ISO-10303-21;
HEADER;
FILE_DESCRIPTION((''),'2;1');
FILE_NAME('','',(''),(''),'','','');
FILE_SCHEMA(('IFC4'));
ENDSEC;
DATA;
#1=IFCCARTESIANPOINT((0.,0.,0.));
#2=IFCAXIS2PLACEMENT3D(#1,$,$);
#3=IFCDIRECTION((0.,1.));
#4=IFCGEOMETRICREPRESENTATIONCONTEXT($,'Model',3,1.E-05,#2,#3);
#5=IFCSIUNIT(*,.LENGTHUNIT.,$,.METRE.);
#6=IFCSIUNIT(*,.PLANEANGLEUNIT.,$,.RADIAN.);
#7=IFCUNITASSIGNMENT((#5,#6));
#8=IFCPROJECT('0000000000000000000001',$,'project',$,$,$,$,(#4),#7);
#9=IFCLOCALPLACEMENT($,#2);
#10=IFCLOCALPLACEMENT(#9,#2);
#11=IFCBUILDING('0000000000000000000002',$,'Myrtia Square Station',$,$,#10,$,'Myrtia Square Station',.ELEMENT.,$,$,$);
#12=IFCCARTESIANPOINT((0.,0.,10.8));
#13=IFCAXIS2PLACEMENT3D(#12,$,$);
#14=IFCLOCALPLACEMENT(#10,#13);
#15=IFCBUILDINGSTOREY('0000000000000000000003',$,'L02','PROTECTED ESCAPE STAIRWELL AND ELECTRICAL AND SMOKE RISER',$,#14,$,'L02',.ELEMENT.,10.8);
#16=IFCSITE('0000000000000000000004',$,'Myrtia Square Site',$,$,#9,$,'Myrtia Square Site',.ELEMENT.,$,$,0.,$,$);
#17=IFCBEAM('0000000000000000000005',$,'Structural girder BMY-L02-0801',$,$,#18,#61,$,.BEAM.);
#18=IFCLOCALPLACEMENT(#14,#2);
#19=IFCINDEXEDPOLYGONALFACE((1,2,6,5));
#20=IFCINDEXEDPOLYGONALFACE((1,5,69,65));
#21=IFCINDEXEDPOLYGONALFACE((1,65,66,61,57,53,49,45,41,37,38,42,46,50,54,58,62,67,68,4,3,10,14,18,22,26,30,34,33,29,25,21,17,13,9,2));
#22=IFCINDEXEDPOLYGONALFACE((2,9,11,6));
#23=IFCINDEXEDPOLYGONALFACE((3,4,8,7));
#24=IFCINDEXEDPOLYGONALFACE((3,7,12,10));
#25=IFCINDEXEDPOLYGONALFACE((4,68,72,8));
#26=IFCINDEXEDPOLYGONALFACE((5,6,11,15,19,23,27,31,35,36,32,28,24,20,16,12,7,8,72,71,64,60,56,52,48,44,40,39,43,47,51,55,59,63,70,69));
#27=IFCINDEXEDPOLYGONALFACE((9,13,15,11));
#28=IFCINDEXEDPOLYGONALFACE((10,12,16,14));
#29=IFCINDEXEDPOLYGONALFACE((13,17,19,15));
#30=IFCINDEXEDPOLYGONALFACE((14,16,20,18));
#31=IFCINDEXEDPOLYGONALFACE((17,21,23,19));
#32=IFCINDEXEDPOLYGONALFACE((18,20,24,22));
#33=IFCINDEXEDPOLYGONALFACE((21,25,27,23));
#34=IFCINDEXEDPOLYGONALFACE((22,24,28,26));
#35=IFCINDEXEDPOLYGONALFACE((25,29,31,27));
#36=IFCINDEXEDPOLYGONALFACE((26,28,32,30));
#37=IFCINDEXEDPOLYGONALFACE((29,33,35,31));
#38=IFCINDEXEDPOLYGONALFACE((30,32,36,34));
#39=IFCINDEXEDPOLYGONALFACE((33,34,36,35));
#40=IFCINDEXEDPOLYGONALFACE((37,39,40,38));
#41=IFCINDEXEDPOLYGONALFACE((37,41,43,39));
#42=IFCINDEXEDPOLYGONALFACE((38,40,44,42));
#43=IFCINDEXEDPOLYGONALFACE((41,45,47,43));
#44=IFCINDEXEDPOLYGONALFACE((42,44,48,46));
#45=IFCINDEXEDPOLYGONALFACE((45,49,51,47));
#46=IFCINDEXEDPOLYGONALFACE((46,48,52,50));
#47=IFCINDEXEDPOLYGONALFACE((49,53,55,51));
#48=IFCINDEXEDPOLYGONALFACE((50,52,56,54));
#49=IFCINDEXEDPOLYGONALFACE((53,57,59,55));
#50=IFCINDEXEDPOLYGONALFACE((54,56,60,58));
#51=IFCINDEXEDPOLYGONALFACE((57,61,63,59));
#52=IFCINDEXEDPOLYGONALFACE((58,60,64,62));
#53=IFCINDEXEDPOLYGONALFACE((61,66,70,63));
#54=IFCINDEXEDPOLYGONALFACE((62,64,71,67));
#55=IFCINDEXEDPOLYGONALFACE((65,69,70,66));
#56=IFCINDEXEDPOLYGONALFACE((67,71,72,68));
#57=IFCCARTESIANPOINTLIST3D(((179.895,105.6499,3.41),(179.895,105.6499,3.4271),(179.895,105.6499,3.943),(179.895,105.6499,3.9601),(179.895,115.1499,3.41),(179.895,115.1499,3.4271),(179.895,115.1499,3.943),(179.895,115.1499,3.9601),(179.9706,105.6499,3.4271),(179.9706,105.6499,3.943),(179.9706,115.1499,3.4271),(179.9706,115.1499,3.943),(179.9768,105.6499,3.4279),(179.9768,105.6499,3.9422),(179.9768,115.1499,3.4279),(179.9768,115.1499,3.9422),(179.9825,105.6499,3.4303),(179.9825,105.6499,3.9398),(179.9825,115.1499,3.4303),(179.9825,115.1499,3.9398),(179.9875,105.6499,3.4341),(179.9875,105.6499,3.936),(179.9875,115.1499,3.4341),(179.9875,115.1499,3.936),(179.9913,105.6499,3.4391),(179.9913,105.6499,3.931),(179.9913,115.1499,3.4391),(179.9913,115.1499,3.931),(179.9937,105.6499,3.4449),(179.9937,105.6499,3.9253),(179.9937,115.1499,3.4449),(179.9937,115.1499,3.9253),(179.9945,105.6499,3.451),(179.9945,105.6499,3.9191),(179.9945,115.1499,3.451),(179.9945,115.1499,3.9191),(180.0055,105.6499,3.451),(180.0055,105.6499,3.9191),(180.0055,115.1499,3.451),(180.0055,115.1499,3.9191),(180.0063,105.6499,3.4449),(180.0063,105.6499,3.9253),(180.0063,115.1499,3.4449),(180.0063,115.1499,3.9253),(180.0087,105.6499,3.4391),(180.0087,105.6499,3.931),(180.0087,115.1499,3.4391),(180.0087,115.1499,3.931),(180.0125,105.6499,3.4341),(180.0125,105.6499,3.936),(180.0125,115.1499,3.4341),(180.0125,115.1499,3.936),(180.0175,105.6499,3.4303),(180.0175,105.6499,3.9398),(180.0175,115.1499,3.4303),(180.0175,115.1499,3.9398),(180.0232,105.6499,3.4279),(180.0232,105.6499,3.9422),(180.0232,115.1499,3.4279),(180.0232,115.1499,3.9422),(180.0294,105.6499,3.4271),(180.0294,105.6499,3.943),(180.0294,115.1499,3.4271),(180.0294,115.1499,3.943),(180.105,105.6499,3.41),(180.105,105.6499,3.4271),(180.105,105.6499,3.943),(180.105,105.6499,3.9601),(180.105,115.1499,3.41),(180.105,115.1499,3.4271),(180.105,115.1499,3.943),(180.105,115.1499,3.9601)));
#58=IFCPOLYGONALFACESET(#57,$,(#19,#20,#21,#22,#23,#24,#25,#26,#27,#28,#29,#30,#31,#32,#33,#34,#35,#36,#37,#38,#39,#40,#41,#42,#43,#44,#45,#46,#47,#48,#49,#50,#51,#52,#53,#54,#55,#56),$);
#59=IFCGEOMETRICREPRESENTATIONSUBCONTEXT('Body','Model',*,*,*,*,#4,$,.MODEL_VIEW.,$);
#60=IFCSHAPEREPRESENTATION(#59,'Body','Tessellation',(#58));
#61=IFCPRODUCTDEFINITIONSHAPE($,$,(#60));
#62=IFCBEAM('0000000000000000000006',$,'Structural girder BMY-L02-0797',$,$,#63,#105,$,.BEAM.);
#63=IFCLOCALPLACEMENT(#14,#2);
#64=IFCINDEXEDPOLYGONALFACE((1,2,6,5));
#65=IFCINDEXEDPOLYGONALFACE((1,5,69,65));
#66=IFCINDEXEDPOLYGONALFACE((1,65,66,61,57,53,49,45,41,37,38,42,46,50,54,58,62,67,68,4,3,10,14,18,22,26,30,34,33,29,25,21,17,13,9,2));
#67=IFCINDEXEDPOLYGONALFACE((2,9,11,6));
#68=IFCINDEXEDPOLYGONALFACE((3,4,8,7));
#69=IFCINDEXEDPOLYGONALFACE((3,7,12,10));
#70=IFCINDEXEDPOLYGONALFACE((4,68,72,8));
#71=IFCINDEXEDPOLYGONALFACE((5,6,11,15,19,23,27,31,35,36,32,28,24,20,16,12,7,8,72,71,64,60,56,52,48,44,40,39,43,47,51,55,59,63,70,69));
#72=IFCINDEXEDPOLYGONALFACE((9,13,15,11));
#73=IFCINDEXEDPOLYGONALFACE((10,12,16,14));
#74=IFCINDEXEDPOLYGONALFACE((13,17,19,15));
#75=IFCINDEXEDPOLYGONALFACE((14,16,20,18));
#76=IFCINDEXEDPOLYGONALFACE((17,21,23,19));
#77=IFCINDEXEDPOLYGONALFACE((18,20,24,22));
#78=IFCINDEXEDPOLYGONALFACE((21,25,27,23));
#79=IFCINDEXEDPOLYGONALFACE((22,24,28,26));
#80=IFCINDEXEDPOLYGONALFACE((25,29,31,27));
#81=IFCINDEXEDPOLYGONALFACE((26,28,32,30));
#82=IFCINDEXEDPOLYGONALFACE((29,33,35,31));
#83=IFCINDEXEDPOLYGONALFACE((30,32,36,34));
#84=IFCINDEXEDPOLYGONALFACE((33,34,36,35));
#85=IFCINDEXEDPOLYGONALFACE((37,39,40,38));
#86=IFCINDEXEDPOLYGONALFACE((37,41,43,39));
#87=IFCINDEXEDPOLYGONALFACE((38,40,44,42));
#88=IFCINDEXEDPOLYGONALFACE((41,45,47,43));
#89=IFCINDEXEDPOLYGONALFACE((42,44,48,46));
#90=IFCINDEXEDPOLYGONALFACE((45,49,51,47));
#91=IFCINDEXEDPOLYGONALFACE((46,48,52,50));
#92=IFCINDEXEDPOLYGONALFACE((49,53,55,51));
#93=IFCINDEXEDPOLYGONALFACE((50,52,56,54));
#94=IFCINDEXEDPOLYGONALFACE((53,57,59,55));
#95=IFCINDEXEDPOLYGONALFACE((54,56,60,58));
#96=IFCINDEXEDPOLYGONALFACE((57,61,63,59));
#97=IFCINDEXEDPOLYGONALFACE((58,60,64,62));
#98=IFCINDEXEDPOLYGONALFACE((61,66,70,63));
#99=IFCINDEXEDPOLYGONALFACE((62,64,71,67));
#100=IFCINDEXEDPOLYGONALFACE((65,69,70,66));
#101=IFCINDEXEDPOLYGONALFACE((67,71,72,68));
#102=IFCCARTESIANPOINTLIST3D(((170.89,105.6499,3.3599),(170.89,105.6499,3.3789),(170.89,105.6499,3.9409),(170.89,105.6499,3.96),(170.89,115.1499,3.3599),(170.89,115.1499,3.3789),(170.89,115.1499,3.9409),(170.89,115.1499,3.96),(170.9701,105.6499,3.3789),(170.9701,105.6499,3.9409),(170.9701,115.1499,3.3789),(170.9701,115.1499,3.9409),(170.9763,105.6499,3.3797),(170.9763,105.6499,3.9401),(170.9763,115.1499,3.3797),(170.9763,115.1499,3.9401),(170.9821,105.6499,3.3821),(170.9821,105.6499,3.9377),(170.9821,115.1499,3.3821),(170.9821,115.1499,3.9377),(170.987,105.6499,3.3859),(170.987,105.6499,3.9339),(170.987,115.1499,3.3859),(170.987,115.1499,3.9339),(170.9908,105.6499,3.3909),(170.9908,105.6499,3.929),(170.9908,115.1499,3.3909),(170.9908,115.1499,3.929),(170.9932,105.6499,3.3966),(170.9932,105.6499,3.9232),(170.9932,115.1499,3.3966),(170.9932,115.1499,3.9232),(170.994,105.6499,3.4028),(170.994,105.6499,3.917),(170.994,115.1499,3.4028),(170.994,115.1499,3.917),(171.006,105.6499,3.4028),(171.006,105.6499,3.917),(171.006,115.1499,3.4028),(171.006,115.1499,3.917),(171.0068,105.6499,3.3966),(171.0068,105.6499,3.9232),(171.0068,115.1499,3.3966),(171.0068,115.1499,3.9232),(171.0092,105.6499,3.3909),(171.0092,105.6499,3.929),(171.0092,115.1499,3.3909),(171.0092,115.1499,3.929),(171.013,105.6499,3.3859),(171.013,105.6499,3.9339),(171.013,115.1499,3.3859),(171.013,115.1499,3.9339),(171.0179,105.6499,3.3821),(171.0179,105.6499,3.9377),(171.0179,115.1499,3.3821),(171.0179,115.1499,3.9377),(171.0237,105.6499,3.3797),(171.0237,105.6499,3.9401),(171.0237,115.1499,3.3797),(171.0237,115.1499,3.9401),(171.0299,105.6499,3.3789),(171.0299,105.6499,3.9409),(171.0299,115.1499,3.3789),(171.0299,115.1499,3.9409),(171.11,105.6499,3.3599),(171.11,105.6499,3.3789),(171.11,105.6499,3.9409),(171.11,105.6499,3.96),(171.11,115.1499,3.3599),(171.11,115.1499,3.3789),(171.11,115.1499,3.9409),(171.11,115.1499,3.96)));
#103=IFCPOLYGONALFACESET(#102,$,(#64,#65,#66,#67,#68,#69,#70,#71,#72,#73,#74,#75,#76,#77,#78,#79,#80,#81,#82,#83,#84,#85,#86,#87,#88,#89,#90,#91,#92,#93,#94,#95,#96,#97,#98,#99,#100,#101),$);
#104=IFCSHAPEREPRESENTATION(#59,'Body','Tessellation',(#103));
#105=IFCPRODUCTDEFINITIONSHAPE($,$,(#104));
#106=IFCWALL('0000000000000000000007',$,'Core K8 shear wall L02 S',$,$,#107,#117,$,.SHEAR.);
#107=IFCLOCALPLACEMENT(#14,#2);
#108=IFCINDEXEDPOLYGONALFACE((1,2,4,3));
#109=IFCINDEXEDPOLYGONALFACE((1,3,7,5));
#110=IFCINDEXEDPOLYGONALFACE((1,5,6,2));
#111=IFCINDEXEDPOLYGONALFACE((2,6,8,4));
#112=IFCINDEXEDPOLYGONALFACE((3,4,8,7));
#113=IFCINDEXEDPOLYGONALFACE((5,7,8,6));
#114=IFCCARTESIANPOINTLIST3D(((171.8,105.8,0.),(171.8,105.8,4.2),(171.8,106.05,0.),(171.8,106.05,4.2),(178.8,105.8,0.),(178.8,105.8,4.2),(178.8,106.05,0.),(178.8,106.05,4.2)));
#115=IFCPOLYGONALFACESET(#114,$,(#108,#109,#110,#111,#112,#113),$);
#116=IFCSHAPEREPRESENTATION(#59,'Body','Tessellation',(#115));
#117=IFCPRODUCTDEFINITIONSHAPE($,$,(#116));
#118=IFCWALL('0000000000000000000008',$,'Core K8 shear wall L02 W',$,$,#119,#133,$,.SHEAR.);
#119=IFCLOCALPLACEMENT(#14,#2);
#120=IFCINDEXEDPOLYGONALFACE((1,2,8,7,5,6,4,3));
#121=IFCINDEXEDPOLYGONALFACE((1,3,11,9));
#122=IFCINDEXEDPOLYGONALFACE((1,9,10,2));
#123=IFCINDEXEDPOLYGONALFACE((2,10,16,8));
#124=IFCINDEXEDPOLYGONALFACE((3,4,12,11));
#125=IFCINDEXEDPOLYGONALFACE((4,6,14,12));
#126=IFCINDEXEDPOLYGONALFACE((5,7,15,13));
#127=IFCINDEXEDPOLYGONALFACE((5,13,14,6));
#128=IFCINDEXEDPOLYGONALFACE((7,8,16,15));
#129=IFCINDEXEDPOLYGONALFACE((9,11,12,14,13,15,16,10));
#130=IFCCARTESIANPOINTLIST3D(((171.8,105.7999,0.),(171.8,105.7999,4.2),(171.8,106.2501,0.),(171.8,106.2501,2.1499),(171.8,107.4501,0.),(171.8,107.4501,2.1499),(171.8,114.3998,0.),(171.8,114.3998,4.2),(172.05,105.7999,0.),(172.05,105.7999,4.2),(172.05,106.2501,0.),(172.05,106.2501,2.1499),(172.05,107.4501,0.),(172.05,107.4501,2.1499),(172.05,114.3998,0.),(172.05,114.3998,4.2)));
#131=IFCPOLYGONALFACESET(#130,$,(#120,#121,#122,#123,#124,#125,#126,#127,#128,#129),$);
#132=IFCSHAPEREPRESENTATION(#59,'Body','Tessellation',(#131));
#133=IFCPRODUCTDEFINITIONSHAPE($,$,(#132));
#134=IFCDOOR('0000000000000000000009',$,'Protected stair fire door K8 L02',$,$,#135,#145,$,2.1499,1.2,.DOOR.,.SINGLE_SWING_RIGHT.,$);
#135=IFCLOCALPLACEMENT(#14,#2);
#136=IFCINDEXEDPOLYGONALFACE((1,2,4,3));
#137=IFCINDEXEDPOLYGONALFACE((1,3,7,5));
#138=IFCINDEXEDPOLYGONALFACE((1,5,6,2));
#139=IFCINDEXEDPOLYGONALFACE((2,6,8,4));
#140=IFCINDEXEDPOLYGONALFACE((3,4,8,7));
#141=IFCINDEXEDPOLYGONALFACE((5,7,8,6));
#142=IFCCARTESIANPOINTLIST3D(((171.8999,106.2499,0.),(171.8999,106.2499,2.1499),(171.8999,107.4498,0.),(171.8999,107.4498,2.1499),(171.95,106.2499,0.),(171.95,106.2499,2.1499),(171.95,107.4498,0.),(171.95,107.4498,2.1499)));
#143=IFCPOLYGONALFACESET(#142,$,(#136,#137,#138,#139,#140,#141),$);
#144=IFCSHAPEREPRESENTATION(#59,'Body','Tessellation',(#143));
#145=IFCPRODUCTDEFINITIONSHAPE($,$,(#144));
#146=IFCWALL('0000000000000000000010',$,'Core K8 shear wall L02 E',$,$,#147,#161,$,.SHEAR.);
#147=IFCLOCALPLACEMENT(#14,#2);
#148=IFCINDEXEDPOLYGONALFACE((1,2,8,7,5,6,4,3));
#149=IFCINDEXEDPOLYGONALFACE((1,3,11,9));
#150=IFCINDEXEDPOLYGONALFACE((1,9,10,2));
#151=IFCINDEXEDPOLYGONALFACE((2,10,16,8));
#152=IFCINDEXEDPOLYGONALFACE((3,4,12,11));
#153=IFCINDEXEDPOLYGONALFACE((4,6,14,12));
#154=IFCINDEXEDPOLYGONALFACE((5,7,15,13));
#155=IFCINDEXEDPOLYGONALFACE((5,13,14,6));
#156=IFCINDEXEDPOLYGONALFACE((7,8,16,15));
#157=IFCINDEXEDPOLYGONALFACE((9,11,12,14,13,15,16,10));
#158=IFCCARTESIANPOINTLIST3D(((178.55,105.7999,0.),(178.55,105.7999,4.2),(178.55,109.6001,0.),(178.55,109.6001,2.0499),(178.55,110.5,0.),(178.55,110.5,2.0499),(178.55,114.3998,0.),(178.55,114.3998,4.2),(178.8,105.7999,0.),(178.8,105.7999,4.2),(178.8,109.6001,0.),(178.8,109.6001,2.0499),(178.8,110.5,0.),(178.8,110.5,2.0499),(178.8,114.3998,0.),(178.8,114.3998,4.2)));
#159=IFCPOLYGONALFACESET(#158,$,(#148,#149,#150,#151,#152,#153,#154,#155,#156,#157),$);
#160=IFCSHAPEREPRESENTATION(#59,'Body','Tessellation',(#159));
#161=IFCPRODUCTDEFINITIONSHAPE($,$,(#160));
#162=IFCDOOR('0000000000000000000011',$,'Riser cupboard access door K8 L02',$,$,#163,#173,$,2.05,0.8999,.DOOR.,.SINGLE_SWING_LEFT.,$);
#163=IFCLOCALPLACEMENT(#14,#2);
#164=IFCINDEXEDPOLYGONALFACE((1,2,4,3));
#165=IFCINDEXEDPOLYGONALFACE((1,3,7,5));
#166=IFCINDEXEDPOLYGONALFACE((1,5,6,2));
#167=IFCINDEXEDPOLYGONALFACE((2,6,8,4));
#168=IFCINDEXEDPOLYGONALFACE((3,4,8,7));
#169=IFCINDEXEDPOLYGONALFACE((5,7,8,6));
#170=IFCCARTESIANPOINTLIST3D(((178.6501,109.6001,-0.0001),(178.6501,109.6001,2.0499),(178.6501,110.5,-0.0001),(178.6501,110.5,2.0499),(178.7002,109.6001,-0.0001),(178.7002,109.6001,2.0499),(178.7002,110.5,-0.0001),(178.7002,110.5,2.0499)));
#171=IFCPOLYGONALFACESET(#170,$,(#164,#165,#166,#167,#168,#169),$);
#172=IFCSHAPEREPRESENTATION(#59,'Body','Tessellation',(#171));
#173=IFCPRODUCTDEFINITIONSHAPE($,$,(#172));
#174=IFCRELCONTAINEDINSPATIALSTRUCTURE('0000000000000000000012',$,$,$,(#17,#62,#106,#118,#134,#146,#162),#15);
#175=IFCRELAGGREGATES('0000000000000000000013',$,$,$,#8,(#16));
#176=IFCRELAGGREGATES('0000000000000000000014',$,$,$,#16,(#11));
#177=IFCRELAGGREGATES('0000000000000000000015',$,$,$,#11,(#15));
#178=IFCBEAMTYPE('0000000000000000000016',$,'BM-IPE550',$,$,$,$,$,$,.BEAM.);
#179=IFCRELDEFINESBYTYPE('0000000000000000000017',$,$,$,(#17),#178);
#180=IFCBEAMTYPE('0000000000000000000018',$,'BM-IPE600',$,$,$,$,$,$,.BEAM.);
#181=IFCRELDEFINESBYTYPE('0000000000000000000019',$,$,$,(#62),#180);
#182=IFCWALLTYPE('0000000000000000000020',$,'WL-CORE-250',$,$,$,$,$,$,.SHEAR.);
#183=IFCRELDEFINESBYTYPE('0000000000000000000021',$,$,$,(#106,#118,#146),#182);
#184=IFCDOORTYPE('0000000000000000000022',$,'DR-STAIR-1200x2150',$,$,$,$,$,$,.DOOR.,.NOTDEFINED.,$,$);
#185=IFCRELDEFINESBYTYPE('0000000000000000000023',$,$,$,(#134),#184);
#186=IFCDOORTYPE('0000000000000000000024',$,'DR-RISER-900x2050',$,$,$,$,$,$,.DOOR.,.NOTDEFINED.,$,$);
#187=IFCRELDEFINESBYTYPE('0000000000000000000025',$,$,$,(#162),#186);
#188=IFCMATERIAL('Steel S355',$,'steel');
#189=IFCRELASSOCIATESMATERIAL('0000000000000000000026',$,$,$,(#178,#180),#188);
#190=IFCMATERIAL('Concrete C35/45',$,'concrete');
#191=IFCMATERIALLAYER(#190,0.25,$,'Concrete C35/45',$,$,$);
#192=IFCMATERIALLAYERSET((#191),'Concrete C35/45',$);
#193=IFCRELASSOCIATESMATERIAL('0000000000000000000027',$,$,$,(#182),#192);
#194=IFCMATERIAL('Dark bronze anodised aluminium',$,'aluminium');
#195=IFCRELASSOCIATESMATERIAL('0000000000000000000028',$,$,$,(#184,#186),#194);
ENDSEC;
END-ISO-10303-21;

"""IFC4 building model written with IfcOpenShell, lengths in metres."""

from ifc_helpers import new_model, si_unit, direction, frame, frame_2d, origin, origin_2d, place, context, subcontext, project, spatial, rectangle, i_section, extrude, material, layer, layer_set, material_profile, profile_set, type_object, element, fill, save


model = new_model("IFC4")

# Units and contexts
model_context = context("Model", 3, precision=1e-05, world=origin(), true_north=direction((0.0, 1.0)))
body_context = subcontext(model_context, "Body", "Model", "MODEL_VIEW")
ifc_project = project(units=[si_unit("LENGTHUNIT", "METRE"), si_unit("PLANEANGLEUNIT", "RADIAN")], contexts=[model_context])

# Site, building, storey
site_placement = place(None, origin())
site = spatial("IfcSite", under=ifc_project, at=site_placement, Name="Myrtia Square Site", LongName="Myrtia Square Site", CompositionType="ELEMENT", RefElevation=0.0)
building_placement = place(site_placement, origin())
building = spatial("IfcBuilding", under=site, at=building_placement, Name="Myrtia Square Station", LongName="Myrtia Square Station", CompositionType="ELEMENT")
storey_placement = place(building_placement, frame((0.0, 0.0, 10.8)))
storey = spatial("IfcBuildingStorey", under=building, at=storey_placement, Name="L02", Description="PROTECTED ESCAPE STAIRWELL AND ELECTRICAL AND SMOKE RISER", LongName="L02", CompositionType="ELEMENT", Elevation=10.8)

# Shared definitions
ifc_material_1 = material(Name="Steel S355", Category="steel")

# Beams
ifc_material_profile_1 = material_profile(ifc_material_1, i_section(OverallWidth=0.21, OverallDepth=0.55, WebThickness=0.011, FlangeThickness=0.0171, FilletRadius=0.0239, at=origin_2d()), Name="IPE 550")
ifc_profile_set_1 = profile_set([ifc_material_profile_1], Name="Steel S355")
beam_type_1 = type_object("IfcBeamType", Name="BM-IPE550", PredefinedType="BEAM", material=ifc_profile_set_1)
beam_1_placement = place(storey_placement, frame((180.0, 105.6499, 3.6851), z_axis=(0.0, 1.0, 0.0), x_axis=(-1.0, 0.0, 0.0)))
element("IfcBeam", 1, at=beam_1_placement, inside=storey, type_object=beam_type_1, Name="Structural girder BMY-L02-0801", PredefinedType="BEAM", context=body_context, shape_type="SweptSolid", body=[
    extrude(i_section(OverallWidth=0.21, OverallDepth=0.55, WebThickness=0.011, FlangeThickness=0.0171, FilletRadius=0.0239, at=origin_2d()), origin(), (0.0, 0.0, 1.0), 9.5),
])
ifc_material_profile_2 = material_profile(ifc_material_1, i_section(OverallWidth=0.22, OverallDepth=0.6001, WebThickness=0.012, FlangeThickness=0.019, FilletRadius=0.0239, at=origin_2d()), Name="IPE 600")
ifc_profile_set_2 = profile_set([ifc_material_profile_2], Name="Steel S355")
beam_type_2 = type_object("IfcBeamType", Name="BM-IPE600", PredefinedType="BEAM", material=ifc_profile_set_2)
beam_2_placement = place(storey_placement, frame((171.0, 105.6499, 3.6599), z_axis=(0.0, 1.0, 0.0), x_axis=(-1.0, 0.0, 0.0)))
element("IfcBeam", 2, at=beam_2_placement, inside=storey, type_object=beam_type_2, Name="Structural girder BMY-L02-0797", PredefinedType="BEAM", context=body_context, shape_type="SweptSolid", body=[
    extrude(i_section(OverallWidth=0.22, OverallDepth=0.6001, WebThickness=0.012, FlangeThickness=0.019, FilletRadius=0.0239, at=origin_2d()), origin(), (0.0, 0.0, 1.0), 9.5),
])

# Wall
ifc_material_2 = material(Name="Concrete C35/45", Category="concrete")
ifc_layer_1 = layer(ifc_material_2, 0.25, Name="Concrete C35/45")
ifc_layer_set_1 = layer_set([ifc_layer_1], Name="Concrete C35/45")
wall_type_1 = type_object("IfcWallType", Name="WL-CORE-250", PredefinedType="SHEAR", material=ifc_layer_set_1)
wall_1_placement = place(storey_placement, frame((171.8, 105.925, 0.0), z_axis=(0.0, 0.0, 1.0), x_axis=(1.0, 0.0, 0.0)))
element("IfcWall", 3, at=wall_1_placement, inside=storey, type_object=wall_type_1, Name="Core K8 shear wall L02 S", PredefinedType="SHEAR", context=body_context, shape_type="SweptSolid", body=[
    extrude(rectangle(XDim=7.0, YDim=0.25, at=frame_2d((3.5, 0.0))), origin(), (0.0, 0.0, 1.0), 4.2),
])

# Walls, openings, doors
wall_2_placement = place(storey_placement, frame((171.925, 105.8, 0.0), z_axis=(0.0, 0.0, 1.0), x_axis=(0.0, 1.0, 0.0)))
wall_2 = element("IfcWall", 4, at=wall_2_placement, inside=storey, type_object=wall_type_1, Name="Core K8 shear wall L02 W", PredefinedType="SHEAR", context=body_context, shape_type="SweptSolid", body=[
    extrude(rectangle(XDim=8.5999, YDim=0.25, at=frame_2d((4.2998, 0.0))), origin(), (0.0, 0.0, 1.0), 4.2),
])
opening_1_placement = place(wall_2_placement, frame((0.45, 0.0, 0.0)))
opening_1 = element("IfcOpeningElement", 5, at=opening_1_placement, cuts=wall_2, PredefinedType="OPENING", context=body_context, shape_type="SweptSolid", body=[
    extrude(rectangle(XDim=1.2, YDim=2.1499, at=frame_2d((0.6001, 1.075))), frame((0.0, 0.1399, 0.0), z_axis=(0.0, -1.0, 0.0), x_axis=(1.0, 0.0, 0.0)), (0.0, 0.0, 1.0), 0.28),
])
ifc_material_3 = material(Name="Dark bronze anodised aluminium", Category="aluminium")
door_type_1 = type_object("IfcDoorType", Name="DR-STAIR-1200x2150", OperationType="NOTDEFINED", PredefinedType="DOOR", material=ifc_material_3)
door_1_placement = place(opening_1_placement, frame((1.2, 0.0, 0.0), z_axis=(0.0, 0.0, 1.0), x_axis=(-1.0, 0.0, 0.0)))
door_1 = element("IfcDoor", 6, at=door_1_placement, inside=storey, type_object=door_type_1, Name="Protected stair fire door K8 L02", OperationType="SINGLE_SWING_RIGHT", OverallHeight=2.1499, OverallWidth=1.2, PredefinedType="DOOR", context=body_context, shape_type="SweptSolid", body=[
    extrude(rectangle(XDim=1.2, YDim=2.1499, at=frame_2d((0.6001, 1.075))), frame((0.0, 0.0249, 0.0), z_axis=(0.0, -1.0, 0.0), x_axis=(1.0, 0.0, 0.0)), (0.0, 0.0, 1.0), 0.05),
])
fill(opening_1, door_1)
wall_3_placement = place(storey_placement, frame((178.675, 105.8, 0.0), z_axis=(0.0, 0.0, 1.0), x_axis=(0.0, 1.0, 0.0)))
wall_3 = element("IfcWall", 7, at=wall_3_placement, inside=storey, type_object=wall_type_1, Name="Core K8 shear wall L02 E", PredefinedType="SHEAR", context=body_context, shape_type="SweptSolid", body=[
    extrude(rectangle(XDim=8.5999, YDim=0.25, at=frame_2d((4.2998, 0.0))), origin(), (0.0, 0.0, 1.0), 4.2),
])
opening_2_placement = place(wall_3_placement, frame((3.8, 0.0, 0.0)))
opening_2 = element("IfcOpeningElement", 8, at=opening_2_placement, cuts=wall_3, PredefinedType="OPENING", context=body_context, shape_type="SweptSolid", body=[
    extrude(rectangle(XDim=0.8999, YDim=2.05, at=frame_2d((0.45, 1.0249))), frame((0.0, 0.1399, 0.0), z_axis=(0.0, -1.0, 0.0), x_axis=(1.0, 0.0, 0.0)), (0.0, 0.0, 1.0), 0.28),
])
door_type_2 = type_object("IfcDoorType", Name="DR-RISER-900x2050", OperationType="NOTDEFINED", PredefinedType="DOOR", material=ifc_material_3)
door_2_placement = place(opening_2_placement, origin())
door_2 = element("IfcDoor", 9, at=door_2_placement, inside=storey, type_object=door_type_2, Name="Riser cupboard access door K8 L02", OperationType="SINGLE_SWING_LEFT", OverallHeight=2.05, OverallWidth=0.8999, PredefinedType="DOOR", context=body_context, shape_type="SweptSolid", body=[
    extrude(rectangle(XDim=0.8999, YDim=2.05, at=frame_2d((0.45, 1.0249))), frame((0.0, 0.0249, 0.0), z_axis=(0.0, -1.0, 0.0), x_axis=(1.0, 0.0, 0.0)), (0.0, 0.0, 1.0), 0.05),
])
fill(opening_2, door_2)

save(model, "model.ifc")
